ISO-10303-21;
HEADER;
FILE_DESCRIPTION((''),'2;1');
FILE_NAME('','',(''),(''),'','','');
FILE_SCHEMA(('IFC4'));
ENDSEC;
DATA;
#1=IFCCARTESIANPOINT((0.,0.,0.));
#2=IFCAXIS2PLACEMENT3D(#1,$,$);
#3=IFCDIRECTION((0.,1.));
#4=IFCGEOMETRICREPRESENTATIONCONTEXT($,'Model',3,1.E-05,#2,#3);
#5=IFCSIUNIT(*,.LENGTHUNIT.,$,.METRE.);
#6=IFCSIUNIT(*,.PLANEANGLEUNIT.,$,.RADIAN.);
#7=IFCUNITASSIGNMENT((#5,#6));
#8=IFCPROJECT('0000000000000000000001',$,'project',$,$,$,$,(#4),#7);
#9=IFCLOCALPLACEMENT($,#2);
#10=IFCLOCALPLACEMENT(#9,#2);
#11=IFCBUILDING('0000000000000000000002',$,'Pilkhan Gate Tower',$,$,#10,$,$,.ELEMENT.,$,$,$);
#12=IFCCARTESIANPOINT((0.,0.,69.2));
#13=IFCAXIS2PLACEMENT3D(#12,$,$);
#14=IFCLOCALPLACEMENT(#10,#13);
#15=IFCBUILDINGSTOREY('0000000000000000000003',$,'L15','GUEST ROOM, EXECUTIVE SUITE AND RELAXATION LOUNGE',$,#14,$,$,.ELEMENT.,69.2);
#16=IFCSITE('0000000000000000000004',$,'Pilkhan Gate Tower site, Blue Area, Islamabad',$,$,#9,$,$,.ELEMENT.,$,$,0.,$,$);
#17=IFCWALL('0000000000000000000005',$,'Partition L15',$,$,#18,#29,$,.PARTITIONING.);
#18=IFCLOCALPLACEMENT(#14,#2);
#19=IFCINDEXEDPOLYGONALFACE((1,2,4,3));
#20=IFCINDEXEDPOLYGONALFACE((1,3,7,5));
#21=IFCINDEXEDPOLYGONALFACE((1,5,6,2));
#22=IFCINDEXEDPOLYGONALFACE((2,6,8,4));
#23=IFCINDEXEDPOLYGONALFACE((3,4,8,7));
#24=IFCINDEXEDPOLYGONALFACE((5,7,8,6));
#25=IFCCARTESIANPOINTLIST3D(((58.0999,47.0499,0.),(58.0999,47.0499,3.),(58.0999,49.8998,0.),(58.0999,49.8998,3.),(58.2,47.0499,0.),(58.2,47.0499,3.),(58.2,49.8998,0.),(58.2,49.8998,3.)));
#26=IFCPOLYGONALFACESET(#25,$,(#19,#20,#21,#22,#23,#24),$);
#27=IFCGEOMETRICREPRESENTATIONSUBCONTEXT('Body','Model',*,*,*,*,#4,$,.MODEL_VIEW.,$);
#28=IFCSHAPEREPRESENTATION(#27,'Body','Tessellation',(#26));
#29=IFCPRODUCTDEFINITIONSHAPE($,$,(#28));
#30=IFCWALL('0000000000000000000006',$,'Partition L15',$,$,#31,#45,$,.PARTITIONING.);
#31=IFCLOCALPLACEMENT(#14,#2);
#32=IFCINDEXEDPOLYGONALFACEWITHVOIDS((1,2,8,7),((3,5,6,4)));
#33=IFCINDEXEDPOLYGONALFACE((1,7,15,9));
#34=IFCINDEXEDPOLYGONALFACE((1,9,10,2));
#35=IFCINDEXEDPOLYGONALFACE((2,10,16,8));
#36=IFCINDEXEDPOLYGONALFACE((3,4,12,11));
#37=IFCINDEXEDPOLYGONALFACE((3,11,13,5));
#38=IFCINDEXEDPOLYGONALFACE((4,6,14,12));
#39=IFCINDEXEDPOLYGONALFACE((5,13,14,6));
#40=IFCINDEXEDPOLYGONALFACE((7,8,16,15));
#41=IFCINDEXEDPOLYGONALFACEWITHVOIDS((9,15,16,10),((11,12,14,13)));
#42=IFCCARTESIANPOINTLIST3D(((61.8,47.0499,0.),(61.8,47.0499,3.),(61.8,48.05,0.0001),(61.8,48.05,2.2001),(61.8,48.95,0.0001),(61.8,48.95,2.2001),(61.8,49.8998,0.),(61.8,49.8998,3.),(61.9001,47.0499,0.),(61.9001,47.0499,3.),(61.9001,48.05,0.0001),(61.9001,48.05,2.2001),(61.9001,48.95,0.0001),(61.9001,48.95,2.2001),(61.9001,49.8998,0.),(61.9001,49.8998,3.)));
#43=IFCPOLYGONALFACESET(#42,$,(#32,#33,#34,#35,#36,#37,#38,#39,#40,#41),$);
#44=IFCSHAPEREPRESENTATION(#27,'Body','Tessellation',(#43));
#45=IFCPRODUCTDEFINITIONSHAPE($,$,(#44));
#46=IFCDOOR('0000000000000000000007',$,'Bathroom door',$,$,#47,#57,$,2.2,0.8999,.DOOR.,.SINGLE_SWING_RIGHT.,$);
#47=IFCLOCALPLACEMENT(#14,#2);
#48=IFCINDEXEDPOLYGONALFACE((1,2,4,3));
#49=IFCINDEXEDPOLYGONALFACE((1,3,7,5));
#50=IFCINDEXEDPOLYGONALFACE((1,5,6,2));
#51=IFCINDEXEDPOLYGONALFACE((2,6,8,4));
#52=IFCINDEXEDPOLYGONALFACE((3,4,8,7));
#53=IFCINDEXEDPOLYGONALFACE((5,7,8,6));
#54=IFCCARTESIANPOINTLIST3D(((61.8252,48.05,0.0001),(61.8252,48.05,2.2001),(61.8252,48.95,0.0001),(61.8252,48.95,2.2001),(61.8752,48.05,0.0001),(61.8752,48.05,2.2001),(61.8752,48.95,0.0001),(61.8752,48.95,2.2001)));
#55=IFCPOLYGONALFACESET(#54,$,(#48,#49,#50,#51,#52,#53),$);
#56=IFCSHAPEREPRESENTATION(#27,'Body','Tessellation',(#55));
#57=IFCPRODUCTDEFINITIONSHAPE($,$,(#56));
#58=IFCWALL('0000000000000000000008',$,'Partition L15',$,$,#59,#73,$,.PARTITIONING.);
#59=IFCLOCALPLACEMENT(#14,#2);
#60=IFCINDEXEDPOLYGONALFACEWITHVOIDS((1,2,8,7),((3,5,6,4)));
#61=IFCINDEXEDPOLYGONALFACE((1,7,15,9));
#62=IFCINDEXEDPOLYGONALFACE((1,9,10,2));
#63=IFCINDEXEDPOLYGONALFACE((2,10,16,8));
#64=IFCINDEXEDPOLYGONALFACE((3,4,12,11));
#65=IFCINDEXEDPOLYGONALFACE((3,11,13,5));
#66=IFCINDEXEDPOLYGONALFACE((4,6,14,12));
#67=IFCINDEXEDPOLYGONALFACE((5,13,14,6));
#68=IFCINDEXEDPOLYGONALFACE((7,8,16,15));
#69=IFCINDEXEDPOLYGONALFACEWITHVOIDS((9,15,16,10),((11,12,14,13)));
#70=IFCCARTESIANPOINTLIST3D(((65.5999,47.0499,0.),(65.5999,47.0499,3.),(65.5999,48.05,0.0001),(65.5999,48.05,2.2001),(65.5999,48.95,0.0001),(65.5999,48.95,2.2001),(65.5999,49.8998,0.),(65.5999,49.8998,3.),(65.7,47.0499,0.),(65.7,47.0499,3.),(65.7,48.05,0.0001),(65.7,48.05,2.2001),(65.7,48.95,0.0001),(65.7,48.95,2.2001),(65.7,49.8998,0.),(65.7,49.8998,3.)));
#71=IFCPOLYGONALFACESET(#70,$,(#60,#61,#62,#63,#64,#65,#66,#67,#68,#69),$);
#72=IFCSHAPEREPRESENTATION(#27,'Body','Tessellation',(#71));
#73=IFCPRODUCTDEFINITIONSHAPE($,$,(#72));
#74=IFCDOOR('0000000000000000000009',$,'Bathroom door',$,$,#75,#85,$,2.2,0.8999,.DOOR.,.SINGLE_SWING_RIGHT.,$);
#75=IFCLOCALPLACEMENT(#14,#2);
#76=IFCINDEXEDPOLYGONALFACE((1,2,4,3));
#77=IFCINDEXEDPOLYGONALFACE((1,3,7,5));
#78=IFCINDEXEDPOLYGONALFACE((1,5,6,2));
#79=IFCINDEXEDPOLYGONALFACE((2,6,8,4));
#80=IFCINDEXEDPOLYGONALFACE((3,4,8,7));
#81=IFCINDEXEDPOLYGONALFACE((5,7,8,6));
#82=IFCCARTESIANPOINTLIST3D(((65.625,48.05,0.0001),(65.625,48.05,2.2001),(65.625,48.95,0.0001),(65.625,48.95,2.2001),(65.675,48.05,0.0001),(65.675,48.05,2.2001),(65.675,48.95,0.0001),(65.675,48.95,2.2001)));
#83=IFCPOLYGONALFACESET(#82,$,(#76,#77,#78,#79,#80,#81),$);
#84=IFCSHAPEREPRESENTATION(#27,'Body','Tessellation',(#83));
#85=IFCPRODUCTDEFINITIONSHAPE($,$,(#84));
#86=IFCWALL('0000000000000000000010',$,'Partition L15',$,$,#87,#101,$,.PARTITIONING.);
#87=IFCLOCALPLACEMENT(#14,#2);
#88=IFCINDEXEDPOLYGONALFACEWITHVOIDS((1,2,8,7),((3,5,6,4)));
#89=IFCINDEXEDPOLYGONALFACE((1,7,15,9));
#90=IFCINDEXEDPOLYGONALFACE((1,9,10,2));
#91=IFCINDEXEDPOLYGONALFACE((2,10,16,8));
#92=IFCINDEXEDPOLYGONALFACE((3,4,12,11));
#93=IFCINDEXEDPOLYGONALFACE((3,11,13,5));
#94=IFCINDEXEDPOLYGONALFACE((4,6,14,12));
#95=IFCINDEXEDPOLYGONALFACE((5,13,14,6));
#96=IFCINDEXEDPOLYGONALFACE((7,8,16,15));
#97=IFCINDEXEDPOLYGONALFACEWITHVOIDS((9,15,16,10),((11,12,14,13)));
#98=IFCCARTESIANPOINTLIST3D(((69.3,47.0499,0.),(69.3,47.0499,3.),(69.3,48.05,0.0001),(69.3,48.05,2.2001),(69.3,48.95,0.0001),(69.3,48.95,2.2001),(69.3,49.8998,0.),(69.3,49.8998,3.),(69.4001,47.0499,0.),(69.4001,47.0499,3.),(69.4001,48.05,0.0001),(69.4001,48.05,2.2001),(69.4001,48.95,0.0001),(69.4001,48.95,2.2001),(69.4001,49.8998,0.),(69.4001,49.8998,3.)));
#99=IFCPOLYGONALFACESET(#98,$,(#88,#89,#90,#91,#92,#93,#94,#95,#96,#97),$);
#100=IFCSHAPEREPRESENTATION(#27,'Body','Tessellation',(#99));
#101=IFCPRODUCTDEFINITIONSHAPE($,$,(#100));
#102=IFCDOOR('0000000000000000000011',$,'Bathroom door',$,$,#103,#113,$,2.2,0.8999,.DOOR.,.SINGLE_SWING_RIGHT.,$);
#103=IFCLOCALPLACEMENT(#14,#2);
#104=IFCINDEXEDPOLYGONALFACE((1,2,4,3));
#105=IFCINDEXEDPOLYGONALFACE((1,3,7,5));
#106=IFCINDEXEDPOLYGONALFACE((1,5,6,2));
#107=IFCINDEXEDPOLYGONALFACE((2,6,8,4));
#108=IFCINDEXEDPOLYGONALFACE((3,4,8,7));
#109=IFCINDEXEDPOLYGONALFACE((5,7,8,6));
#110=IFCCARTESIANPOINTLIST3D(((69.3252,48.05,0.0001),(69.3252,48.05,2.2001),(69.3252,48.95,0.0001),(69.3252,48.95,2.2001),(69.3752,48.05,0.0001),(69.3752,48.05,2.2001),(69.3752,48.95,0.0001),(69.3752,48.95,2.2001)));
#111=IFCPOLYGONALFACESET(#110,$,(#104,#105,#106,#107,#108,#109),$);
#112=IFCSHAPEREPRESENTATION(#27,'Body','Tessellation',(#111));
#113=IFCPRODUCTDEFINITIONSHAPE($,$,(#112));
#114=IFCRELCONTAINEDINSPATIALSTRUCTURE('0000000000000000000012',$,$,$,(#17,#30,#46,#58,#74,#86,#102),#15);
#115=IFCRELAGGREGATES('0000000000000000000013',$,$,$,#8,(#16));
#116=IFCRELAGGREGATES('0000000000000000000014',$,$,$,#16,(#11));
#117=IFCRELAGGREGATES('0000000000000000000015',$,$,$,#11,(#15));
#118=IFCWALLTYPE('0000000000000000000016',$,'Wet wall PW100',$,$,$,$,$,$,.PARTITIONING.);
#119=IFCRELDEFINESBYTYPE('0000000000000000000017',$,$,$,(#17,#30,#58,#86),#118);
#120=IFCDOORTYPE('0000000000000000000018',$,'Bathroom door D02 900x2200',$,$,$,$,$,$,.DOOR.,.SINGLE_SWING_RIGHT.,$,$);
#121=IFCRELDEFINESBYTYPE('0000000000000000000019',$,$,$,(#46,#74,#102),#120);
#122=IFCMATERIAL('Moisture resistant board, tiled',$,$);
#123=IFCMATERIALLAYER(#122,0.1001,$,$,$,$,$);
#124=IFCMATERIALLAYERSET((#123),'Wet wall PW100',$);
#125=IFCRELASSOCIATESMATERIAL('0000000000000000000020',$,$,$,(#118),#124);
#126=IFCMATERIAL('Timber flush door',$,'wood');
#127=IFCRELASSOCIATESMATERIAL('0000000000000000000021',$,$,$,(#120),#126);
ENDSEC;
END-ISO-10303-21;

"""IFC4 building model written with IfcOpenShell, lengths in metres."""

from ifc_helpers import new_model, si_unit, direction, frame, frame_2d, origin, place, context, subcontext, project, spatial, rectangle, extrude, material, layer, layer_set, type_object, element, fill, save


model = new_model("IFC4")

# Units and contexts
model_context = context("Model", 3, precision=1e-05, world=origin(), true_north=direction((0.0, 1.0)))
body_context = subcontext(model_context, "Body", "Model", "MODEL_VIEW")
ifc_project = project(units=[si_unit("LENGTHUNIT", "METRE"), si_unit("PLANEANGLEUNIT", "RADIAN")], contexts=[model_context])

# Site, building, storey
site_placement = place(None, origin())
site = spatial("IfcSite", under=ifc_project, at=site_placement, Name="Pilkhan Gate Tower site, Blue Area, Islamabad", CompositionType="ELEMENT", RefElevation=0.0)
building_placement = place(site_placement, origin())
building = spatial("IfcBuilding", under=site, at=building_placement, Name="Pilkhan Gate Tower", CompositionType="ELEMENT")
storey_placement = place(building_placement, frame((0.0, 0.0, 69.2)))
storey = spatial("IfcBuildingStorey", under=building, at=storey_placement, Name="L15", Description="GUEST ROOM, EXECUTIVE SUITE AND RELAXATION LOUNGE", CompositionType="ELEMENT", Elevation=69.2)

# Shared definitions
ifc_material_1 = material(Name="Moisture resistant board, tiled")
ifc_layer_1 = layer(ifc_material_1, 0.1001)
ifc_layer_set_1 = layer_set([ifc_layer_1], Name="Wet wall PW100")
wall_type_1 = type_object("IfcWallType", Name="Wet wall PW100", PredefinedType="PARTITIONING", material=ifc_layer_set_1)
ifc_material_2 = material(Name="Timber flush door", Category="wood")
door_type = type_object("IfcDoorType", Name="Bathroom door D02 900x2200", OperationType="SINGLE_SWING_RIGHT", PredefinedType="DOOR", material=ifc_material_2)

# Wall
wall_1_placement = place(storey_placement, frame((58.1499, 47.05, 0.0), z_axis=(0.0, 0.0, 1.0), x_axis=(0.0, 1.0, 0.0)))
element("IfcWall", 1, at=wall_1_placement, inside=storey, type_object=wall_type_1, Name="Partition L15", PredefinedType="PARTITIONING", context=body_context, shape_type="SweptSolid", body=[
    extrude(rectangle(XDim=2.8499, YDim=0.1001, at=frame_2d((1.4248, 0.0))), origin(), (0.0, 0.0, 1.0), 3.0),
])

# Walls, openings, doors
wall_2_placement = place(storey_placement, frame((61.8501, 47.05, 0.0), z_axis=(0.0, 0.0, 1.0), x_axis=(0.0, 1.0, 0.0)))
wall_2 = element("IfcWall", 2, at=wall_2_placement, inside=storey, type_object=wall_type_1, Name="Partition L15", PredefinedType="PARTITIONING", context=body_context, shape_type="SweptSolid", body=[
    extrude(rectangle(XDim=2.8499, YDim=0.1001, at=frame_2d((1.4248, 0.0))), origin(), (0.0, 0.0, 1.0), 3.0),
])
opening_1_placement = place(wall_2_placement, frame((1.0, 0.0, 0.0)))
opening_1 = element("IfcOpeningElement", 3, at=opening_1_placement, cuts=wall_2, PredefinedType="OPENING", context=body_context, shape_type="SweptSolid", body=[
    extrude(rectangle(XDim=0.8999, YDim=2.2, at=frame_2d((0.45, 1.1001))), frame((0.0, 0.0601, 0.0), z_axis=(0.0, -1.0, 0.0), x_axis=(1.0, 0.0, 0.0)), (0.0, 0.0, 1.0), 0.1201),
])
door_1_placement = place(opening_1_placement, origin())
door_1 = element("IfcDoor", 4, at=door_1_placement, inside=storey, type_object=door_type, Name="Bathroom door", OperationType="SINGLE_SWING_RIGHT", OverallHeight=2.2, OverallWidth=0.8999, PredefinedType="DOOR", context=body_context, shape_type="SweptSolid", body=[
    extrude(rectangle(XDim=0.8999, YDim=2.2, at=frame_2d((0.45, 1.1001))), frame((0.0, 0.0249, 0.0), z_axis=(0.0, -1.0, 0.0), x_axis=(1.0, 0.0, 0.0)), (0.0, 0.0, 1.0), 0.05),
])
fill(opening_1, door_1)
wall_3_placement = place(storey_placement, frame((65.6499, 47.05, 0.0), z_axis=(0.0, 0.0, 1.0), x_axis=(0.0, 1.0, 0.0)))
wall_3 = element("IfcWall", 5, at=wall_3_placement, inside=storey, type_object=wall_type_1, Name="Partition L15", PredefinedType="PARTITIONING", context=body_context, shape_type="SweptSolid", body=[
    extrude(rectangle(XDim=2.8499, YDim=0.1001, at=frame_2d((1.4248, 0.0))), origin(), (0.0, 0.0, 1.0), 3.0),
])
opening_2_placement = place(wall_3_placement, frame((1.0, 0.0, 0.0)))
opening_2 = element("IfcOpeningElement", 6, at=opening_2_placement, cuts=wall_3, PredefinedType="OPENING", context=body_context, shape_type="SweptSolid", body=[
    extrude(rectangle(XDim=0.8999, YDim=2.2, at=frame_2d((0.45, 1.1001))), frame((0.0, 0.0601, 0.0), z_axis=(0.0, -1.0, 0.0), x_axis=(1.0, 0.0, 0.0)), (0.0, 0.0, 1.0), 0.1201),
])
door_2_placement = place(opening_2_placement, origin())
door_2 = element("IfcDoor", 7, at=door_2_placement, inside=storey, type_object=door_type, Name="Bathroom door", OperationType="SINGLE_SWING_RIGHT", OverallHeight=2.2, OverallWidth=0.8999, PredefinedType="DOOR", context=body_context, shape_type="SweptSolid", body=[
    extrude(rectangle(XDim=0.8999, YDim=2.2, at=frame_2d((0.45, 1.1001))), frame((0.0, 0.0249, 0.0), z_axis=(0.0, -1.0, 0.0), x_axis=(1.0, 0.0, 0.0)), (0.0, 0.0, 1.0), 0.05),
])
fill(opening_2, door_2)
wall_4_placement = place(storey_placement, frame((69.3501, 47.05, 0.0), z_axis=(0.0, 0.0, 1.0), x_axis=(0.0, 1.0, 0.0)))
wall_4 = element("IfcWall", 8, at=wall_4_placement, inside=storey, type_object=wall_type_1, Name="Partition L15", PredefinedType="PARTITIONING", context=body_context, shape_type="SweptSolid", body=[
    extrude(rectangle(XDim=2.8499, YDim=0.1001, at=frame_2d((1.4248, 0.0))), origin(), (0.0, 0.0, 1.0), 3.0),
])
opening_3_placement = place(wall_4_placement, frame((1.0, 0.0, 0.0)))
opening_3 = element("IfcOpeningElement", 9, at=opening_3_placement, cuts=wall_4, PredefinedType="OPENING", context=body_context, shape_type="SweptSolid", body=[
    extrude(rectangle(XDim=0.8999, YDim=2.2, at=frame_2d((0.45, 1.1001))), frame((0.0, 0.0601, 0.0), z_axis=(0.0, -1.0, 0.0), x_axis=(1.0, 0.0, 0.0)), (0.0, 0.0, 1.0), 0.1201),
])
door_3_placement = place(opening_3_placement, origin())
door_3 = element("IfcDoor", 10, at=door_3_placement, inside=storey, type_object=door_type, Name="Bathroom door", OperationType="SINGLE_SWING_RIGHT", OverallHeight=2.2, OverallWidth=0.8999, PredefinedType="DOOR", context=body_context, shape_type="SweptSolid", body=[
    extrude(rectangle(XDim=0.8999, YDim=2.2, at=frame_2d((0.45, 1.1001))), frame((0.0, 0.0249, 0.0), z_axis=(0.0, -1.0, 0.0), x_axis=(1.0, 0.0, 0.0)), (0.0, 0.0, 1.0), 0.05),
])
fill(opening_3, door_3)

save(model, "model.ifc")
